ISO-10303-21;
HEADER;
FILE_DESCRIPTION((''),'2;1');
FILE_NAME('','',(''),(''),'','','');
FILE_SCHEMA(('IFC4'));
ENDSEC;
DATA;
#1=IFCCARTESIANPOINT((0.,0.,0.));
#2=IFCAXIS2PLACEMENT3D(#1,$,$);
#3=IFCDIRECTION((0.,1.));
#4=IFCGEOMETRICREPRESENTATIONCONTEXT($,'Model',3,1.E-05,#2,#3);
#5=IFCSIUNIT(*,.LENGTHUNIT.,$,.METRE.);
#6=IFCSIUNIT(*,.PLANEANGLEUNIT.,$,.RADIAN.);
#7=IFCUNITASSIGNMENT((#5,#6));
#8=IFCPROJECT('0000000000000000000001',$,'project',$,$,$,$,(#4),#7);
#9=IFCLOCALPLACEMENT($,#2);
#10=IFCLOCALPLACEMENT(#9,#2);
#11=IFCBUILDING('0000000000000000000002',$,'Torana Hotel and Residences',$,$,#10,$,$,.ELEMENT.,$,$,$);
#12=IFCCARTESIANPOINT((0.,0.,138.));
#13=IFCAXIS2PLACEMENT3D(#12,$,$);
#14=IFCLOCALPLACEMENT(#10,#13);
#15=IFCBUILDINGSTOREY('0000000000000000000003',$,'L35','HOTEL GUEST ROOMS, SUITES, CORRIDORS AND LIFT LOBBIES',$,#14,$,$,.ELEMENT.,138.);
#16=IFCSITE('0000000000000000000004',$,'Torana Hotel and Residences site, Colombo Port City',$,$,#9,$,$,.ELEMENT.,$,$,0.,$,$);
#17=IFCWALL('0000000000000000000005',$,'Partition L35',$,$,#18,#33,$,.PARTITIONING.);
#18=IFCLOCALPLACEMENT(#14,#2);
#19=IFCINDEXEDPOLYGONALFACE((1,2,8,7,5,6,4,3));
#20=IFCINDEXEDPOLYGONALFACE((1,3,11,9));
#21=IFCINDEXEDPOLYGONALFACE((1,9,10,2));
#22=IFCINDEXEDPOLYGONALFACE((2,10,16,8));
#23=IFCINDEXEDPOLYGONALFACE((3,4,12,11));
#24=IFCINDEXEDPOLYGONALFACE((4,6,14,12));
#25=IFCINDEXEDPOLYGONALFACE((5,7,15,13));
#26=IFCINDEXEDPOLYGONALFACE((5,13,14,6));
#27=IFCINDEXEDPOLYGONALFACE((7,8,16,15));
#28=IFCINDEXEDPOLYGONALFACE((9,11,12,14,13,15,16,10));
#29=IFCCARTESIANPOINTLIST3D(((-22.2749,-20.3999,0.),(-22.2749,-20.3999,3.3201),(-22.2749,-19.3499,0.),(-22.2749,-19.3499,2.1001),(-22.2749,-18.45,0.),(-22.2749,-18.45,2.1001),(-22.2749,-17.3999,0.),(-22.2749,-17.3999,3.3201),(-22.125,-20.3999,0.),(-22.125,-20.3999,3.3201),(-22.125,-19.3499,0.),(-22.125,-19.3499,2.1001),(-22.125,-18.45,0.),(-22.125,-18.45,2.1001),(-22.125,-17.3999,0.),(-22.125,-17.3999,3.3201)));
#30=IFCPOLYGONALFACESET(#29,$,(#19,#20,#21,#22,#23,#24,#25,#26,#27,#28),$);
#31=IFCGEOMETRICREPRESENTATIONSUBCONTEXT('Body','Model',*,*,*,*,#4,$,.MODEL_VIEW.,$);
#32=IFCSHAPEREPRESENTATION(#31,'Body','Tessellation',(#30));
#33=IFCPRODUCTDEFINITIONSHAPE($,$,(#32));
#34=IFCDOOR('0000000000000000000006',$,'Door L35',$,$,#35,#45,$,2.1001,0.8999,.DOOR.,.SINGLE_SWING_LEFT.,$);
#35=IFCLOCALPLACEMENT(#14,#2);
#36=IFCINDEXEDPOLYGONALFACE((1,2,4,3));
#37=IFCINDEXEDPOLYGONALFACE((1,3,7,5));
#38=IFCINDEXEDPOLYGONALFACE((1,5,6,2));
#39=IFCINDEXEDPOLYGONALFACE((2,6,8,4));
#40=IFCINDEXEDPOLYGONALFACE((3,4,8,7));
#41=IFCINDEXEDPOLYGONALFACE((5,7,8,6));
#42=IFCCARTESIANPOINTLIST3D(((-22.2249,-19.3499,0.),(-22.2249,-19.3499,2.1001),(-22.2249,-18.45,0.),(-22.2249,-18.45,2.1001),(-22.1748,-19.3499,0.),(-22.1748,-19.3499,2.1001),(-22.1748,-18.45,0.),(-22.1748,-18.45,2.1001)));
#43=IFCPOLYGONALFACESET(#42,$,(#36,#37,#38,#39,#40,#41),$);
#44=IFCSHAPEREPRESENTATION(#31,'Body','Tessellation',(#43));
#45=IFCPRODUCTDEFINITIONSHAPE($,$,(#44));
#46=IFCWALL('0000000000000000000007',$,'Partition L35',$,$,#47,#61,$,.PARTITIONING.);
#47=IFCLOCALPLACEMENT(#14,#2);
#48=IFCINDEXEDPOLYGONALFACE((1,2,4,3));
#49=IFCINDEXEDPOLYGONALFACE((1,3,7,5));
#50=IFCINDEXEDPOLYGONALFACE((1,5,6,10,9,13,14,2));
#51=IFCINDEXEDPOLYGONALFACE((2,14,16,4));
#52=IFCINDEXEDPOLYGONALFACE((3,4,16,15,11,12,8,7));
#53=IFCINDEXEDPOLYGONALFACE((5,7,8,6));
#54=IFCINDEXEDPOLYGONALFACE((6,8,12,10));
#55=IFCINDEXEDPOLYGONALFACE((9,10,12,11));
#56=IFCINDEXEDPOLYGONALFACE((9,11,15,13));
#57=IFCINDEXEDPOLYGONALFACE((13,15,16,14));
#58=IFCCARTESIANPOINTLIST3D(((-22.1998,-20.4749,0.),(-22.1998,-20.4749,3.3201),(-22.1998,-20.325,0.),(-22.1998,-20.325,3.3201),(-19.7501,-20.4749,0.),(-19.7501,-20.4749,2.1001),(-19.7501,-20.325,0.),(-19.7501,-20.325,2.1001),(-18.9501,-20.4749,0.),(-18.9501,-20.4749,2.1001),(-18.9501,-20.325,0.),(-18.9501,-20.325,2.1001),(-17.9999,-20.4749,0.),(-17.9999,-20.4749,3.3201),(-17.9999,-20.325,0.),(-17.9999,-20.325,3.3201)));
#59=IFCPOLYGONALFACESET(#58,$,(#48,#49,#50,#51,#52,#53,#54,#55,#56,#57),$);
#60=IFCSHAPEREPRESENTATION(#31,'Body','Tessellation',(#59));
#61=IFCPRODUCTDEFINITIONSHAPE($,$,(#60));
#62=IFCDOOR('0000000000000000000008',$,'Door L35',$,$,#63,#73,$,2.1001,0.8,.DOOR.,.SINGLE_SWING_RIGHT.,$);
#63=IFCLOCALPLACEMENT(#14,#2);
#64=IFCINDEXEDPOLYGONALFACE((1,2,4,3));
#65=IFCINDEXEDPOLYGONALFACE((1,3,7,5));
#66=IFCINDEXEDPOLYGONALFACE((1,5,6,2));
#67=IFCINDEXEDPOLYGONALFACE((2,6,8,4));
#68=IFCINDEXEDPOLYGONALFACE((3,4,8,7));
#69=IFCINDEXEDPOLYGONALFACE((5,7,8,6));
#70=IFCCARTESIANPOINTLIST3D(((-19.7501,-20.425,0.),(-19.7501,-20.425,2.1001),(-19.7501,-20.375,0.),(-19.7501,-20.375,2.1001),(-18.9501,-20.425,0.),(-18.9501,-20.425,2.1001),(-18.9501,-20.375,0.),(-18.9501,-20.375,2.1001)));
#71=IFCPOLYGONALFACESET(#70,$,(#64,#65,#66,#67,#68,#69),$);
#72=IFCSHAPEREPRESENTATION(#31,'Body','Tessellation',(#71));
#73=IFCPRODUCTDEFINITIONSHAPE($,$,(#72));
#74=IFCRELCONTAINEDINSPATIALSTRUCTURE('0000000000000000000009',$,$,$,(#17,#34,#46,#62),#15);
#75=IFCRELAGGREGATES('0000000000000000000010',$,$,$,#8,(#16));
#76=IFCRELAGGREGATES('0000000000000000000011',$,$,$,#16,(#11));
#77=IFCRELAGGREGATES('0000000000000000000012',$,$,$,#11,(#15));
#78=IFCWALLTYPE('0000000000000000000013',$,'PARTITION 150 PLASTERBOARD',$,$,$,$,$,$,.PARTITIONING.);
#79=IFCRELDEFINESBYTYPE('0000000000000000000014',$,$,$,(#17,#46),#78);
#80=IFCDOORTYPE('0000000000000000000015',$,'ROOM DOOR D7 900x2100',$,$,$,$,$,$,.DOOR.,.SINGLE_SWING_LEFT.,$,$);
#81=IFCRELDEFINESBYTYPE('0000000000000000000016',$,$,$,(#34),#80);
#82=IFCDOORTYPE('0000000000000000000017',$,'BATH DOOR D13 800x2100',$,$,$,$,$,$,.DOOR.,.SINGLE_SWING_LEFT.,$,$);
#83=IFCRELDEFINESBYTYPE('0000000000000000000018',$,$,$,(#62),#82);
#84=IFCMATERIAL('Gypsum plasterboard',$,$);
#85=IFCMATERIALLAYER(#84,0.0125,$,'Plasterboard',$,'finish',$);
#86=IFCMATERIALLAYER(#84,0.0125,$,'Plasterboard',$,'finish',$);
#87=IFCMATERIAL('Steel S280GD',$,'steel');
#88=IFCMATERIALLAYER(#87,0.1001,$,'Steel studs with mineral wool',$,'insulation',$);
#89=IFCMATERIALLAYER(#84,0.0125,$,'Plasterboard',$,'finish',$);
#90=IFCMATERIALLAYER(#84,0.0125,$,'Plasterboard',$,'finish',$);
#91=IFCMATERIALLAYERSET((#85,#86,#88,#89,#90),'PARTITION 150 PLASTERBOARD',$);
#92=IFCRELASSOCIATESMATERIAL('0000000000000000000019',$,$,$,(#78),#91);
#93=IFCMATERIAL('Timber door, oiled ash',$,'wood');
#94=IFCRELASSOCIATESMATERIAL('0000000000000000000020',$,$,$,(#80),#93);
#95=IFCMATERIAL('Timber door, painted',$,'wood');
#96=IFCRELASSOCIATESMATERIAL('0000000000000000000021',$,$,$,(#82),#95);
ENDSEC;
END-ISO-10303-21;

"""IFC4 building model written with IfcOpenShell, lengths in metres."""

from ifc_helpers import new_model, si_unit, direction, frame, frame_2d, origin, place, context, subcontext, project, spatial, rectangle, extrude, material, layer, layer_set, type_object, element, fill, save


model = new_model("IFC4")

# Units and contexts
model_context = context("Model", 3, precision=1e-05, world=origin(), true_north=direction((0.0, 1.0)))
body_context = subcontext(model_context, "Body", "Model", "MODEL_VIEW")
ifc_project = project(units=[si_unit("LENGTHUNIT", "METRE"), si_unit("PLANEANGLEUNIT", "RADIAN")], contexts=[model_context])

# Site, building, storey
site_placement = place(None, origin())
site = spatial("IfcSite", under=ifc_project, at=site_placement, Name="Torana Hotel and Residences site, Colombo Port City", CompositionType="ELEMENT", RefElevation=0.0)
building_placement = place(site_placement, origin())
building = spatial("IfcBuilding", under=site, at=building_placement, Name="Torana Hotel and Residences", CompositionType="ELEMENT")
storey_placement = place(building_placement, frame((0.0, 0.0, 138.0)))
storey = spatial("IfcBuildingStorey", under=building, at=storey_placement, Name="L35", Description="HOTEL GUEST ROOMS, SUITES, CORRIDORS AND LIFT LOBBIES", CompositionType="ELEMENT", Elevation=138.0)

# Shared definitions
ifc_material_1 = material(Name="Gypsum plasterboard")
ifc_layer_1 = layer(ifc_material_1, 0.0125, Name="Plasterboard", Category="finish")
ifc_layer_2 = layer(ifc_material_1, 0.0125, Name="Plasterboard", Category="finish")
ifc_material_2 = material(Name="Steel S280GD", Category="steel")
ifc_layer_3 = layer(ifc_material_2, 0.1001, Name="Steel studs with mineral wool", Category="insulation")
ifc_layer_4 = layer(ifc_material_1, 0.0125, Name="Plasterboard", Category="finish")
ifc_layer_5 = layer(ifc_material_1, 0.0125, Name="Plasterboard", Category="finish")
ifc_layer_set_1 = layer_set([ifc_layer_1, ifc_layer_2, ifc_layer_3, ifc_layer_4, ifc_layer_5], Name="PARTITION 150 PLASTERBOARD")
wall_type_1 = type_object("IfcWallType", Name="PARTITION 150 PLASTERBOARD", PredefinedType="PARTITIONING", material=ifc_layer_set_1)

# Walls, openings, doors
wall_1_placement = place(storey_placement, frame((-22.2, -20.3999, 0.0), z_axis=(0.0, 0.0, 1.0), x_axis=(0.0, 1.0, 0.0)))
wall_1 = element("IfcWall", 1, at=wall_1_placement, inside=storey, type_object=wall_type_1, Name="Partition L35", PredefinedType="PARTITIONING", context=body_context, shape_type="SweptSolid", body=[
    extrude(rectangle(XDim=3.0, YDim=0.1499, at=frame_2d((1.5, 0.0))), origin(), (0.0, 0.0, 1.0), 3.3201),
])
opening_1_placement = place(wall_1_placement, frame((1.05, 0.0, 0.0)))
opening_1 = element("IfcOpeningElement", 2, at=opening_1_placement, cuts=wall_1, PredefinedType="OPENING", context=body_context, shape_type="SweptSolid", body=[
    extrude(rectangle(XDim=0.8999, YDim=2.1001, at=frame_2d((0.45, 1.05))), frame((0.0, 0.085, 0.0), z_axis=(0.0, -1.0, 0.0), x_axis=(1.0, 0.0, 0.0)), (0.0, 0.0, 1.0), 0.1699),
])
ifc_material_3 = material(Name="Timber door, oiled ash", Category="wood")
door_type_1 = type_object("IfcDoorType", Name="ROOM DOOR D7 900x2100", OperationType="SINGLE_SWING_LEFT", PredefinedType="DOOR", material=ifc_material_3)
door_1_placement = place(opening_1_placement, origin())
door_1 = element("IfcDoor", 3, at=door_1_placement, inside=storey, type_object=door_type_1, Name="Door L35", OperationType="SINGLE_SWING_LEFT", OverallHeight=2.1001, OverallWidth=0.8999, PredefinedType="DOOR", context=body_context, shape_type="SweptSolid", body=[
    extrude(rectangle(XDim=0.8999, YDim=2.1001, at=frame_2d((0.45, 1.05))), frame((0.0, 0.0249, 0.0), z_axis=(0.0, -1.0, 0.0), x_axis=(1.0, 0.0, 0.0)), (0.0, 0.0, 1.0), 0.05),
])
fill(opening_1, door_1)
wall_2_placement = place(storey_placement, frame((-22.2, -20.3999, 0.0), z_axis=(0.0, 0.0, 1.0), x_axis=(1.0, 0.0, 0.0)))
wall_2 = element("IfcWall", 4, at=wall_2_placement, inside=storey, type_object=wall_type_1, Name="Partition L35", PredefinedType="PARTITIONING", context=body_context, shape_type="SweptSolid", body=[
    extrude(rectangle(XDim=4.2, YDim=0.1499, at=frame_2d((2.1001, 0.0))), origin(), (0.0, 0.0, 1.0), 3.3201),
])
opening_2_placement = place(wall_2_placement, frame((2.45, 0.0, 0.0)))
opening_2 = element("IfcOpeningElement", 5, at=opening_2_placement, cuts=wall_2, PredefinedType="OPENING", context=body_context, shape_type="SweptSolid", body=[
    extrude(rectangle(XDim=0.8, YDim=2.1001, at=frame_2d((0.3999, 1.05))), frame((0.0, 0.085, 0.0), z_axis=(0.0, -1.0, 0.0), x_axis=(1.0, 0.0, 0.0)), (0.0, 0.0, 1.0), 0.1699),
])
ifc_material_4 = material(Name="Timber door, painted", Category="wood")
door_type_2 = type_object("IfcDoorType", Name="BATH DOOR D13 800x2100", OperationType="SINGLE_SWING_LEFT", PredefinedType="DOOR", material=ifc_material_4)
door_2_placement = place(opening_2_placement, origin())
door_2 = element("IfcDoor", 6, at=door_2_placement, inside=storey, type_object=door_type_2, Name="Door L35", OperationType="SINGLE_SWING_RIGHT", OverallHeight=2.1001, OverallWidth=0.8, PredefinedType="DOOR", context=body_context, shape_type="SweptSolid", body=[
    extrude(rectangle(XDim=0.8, YDim=2.1001, at=frame_2d((0.3999, 1.05))), frame((0.0, 0.0249, 0.0), z_axis=(0.0, -1.0, 0.0), x_axis=(1.0, 0.0, 0.0)), (0.0, 0.0, 1.0), 0.05),
])
fill(opening_2, door_2)

save(model, "model.ifc")
